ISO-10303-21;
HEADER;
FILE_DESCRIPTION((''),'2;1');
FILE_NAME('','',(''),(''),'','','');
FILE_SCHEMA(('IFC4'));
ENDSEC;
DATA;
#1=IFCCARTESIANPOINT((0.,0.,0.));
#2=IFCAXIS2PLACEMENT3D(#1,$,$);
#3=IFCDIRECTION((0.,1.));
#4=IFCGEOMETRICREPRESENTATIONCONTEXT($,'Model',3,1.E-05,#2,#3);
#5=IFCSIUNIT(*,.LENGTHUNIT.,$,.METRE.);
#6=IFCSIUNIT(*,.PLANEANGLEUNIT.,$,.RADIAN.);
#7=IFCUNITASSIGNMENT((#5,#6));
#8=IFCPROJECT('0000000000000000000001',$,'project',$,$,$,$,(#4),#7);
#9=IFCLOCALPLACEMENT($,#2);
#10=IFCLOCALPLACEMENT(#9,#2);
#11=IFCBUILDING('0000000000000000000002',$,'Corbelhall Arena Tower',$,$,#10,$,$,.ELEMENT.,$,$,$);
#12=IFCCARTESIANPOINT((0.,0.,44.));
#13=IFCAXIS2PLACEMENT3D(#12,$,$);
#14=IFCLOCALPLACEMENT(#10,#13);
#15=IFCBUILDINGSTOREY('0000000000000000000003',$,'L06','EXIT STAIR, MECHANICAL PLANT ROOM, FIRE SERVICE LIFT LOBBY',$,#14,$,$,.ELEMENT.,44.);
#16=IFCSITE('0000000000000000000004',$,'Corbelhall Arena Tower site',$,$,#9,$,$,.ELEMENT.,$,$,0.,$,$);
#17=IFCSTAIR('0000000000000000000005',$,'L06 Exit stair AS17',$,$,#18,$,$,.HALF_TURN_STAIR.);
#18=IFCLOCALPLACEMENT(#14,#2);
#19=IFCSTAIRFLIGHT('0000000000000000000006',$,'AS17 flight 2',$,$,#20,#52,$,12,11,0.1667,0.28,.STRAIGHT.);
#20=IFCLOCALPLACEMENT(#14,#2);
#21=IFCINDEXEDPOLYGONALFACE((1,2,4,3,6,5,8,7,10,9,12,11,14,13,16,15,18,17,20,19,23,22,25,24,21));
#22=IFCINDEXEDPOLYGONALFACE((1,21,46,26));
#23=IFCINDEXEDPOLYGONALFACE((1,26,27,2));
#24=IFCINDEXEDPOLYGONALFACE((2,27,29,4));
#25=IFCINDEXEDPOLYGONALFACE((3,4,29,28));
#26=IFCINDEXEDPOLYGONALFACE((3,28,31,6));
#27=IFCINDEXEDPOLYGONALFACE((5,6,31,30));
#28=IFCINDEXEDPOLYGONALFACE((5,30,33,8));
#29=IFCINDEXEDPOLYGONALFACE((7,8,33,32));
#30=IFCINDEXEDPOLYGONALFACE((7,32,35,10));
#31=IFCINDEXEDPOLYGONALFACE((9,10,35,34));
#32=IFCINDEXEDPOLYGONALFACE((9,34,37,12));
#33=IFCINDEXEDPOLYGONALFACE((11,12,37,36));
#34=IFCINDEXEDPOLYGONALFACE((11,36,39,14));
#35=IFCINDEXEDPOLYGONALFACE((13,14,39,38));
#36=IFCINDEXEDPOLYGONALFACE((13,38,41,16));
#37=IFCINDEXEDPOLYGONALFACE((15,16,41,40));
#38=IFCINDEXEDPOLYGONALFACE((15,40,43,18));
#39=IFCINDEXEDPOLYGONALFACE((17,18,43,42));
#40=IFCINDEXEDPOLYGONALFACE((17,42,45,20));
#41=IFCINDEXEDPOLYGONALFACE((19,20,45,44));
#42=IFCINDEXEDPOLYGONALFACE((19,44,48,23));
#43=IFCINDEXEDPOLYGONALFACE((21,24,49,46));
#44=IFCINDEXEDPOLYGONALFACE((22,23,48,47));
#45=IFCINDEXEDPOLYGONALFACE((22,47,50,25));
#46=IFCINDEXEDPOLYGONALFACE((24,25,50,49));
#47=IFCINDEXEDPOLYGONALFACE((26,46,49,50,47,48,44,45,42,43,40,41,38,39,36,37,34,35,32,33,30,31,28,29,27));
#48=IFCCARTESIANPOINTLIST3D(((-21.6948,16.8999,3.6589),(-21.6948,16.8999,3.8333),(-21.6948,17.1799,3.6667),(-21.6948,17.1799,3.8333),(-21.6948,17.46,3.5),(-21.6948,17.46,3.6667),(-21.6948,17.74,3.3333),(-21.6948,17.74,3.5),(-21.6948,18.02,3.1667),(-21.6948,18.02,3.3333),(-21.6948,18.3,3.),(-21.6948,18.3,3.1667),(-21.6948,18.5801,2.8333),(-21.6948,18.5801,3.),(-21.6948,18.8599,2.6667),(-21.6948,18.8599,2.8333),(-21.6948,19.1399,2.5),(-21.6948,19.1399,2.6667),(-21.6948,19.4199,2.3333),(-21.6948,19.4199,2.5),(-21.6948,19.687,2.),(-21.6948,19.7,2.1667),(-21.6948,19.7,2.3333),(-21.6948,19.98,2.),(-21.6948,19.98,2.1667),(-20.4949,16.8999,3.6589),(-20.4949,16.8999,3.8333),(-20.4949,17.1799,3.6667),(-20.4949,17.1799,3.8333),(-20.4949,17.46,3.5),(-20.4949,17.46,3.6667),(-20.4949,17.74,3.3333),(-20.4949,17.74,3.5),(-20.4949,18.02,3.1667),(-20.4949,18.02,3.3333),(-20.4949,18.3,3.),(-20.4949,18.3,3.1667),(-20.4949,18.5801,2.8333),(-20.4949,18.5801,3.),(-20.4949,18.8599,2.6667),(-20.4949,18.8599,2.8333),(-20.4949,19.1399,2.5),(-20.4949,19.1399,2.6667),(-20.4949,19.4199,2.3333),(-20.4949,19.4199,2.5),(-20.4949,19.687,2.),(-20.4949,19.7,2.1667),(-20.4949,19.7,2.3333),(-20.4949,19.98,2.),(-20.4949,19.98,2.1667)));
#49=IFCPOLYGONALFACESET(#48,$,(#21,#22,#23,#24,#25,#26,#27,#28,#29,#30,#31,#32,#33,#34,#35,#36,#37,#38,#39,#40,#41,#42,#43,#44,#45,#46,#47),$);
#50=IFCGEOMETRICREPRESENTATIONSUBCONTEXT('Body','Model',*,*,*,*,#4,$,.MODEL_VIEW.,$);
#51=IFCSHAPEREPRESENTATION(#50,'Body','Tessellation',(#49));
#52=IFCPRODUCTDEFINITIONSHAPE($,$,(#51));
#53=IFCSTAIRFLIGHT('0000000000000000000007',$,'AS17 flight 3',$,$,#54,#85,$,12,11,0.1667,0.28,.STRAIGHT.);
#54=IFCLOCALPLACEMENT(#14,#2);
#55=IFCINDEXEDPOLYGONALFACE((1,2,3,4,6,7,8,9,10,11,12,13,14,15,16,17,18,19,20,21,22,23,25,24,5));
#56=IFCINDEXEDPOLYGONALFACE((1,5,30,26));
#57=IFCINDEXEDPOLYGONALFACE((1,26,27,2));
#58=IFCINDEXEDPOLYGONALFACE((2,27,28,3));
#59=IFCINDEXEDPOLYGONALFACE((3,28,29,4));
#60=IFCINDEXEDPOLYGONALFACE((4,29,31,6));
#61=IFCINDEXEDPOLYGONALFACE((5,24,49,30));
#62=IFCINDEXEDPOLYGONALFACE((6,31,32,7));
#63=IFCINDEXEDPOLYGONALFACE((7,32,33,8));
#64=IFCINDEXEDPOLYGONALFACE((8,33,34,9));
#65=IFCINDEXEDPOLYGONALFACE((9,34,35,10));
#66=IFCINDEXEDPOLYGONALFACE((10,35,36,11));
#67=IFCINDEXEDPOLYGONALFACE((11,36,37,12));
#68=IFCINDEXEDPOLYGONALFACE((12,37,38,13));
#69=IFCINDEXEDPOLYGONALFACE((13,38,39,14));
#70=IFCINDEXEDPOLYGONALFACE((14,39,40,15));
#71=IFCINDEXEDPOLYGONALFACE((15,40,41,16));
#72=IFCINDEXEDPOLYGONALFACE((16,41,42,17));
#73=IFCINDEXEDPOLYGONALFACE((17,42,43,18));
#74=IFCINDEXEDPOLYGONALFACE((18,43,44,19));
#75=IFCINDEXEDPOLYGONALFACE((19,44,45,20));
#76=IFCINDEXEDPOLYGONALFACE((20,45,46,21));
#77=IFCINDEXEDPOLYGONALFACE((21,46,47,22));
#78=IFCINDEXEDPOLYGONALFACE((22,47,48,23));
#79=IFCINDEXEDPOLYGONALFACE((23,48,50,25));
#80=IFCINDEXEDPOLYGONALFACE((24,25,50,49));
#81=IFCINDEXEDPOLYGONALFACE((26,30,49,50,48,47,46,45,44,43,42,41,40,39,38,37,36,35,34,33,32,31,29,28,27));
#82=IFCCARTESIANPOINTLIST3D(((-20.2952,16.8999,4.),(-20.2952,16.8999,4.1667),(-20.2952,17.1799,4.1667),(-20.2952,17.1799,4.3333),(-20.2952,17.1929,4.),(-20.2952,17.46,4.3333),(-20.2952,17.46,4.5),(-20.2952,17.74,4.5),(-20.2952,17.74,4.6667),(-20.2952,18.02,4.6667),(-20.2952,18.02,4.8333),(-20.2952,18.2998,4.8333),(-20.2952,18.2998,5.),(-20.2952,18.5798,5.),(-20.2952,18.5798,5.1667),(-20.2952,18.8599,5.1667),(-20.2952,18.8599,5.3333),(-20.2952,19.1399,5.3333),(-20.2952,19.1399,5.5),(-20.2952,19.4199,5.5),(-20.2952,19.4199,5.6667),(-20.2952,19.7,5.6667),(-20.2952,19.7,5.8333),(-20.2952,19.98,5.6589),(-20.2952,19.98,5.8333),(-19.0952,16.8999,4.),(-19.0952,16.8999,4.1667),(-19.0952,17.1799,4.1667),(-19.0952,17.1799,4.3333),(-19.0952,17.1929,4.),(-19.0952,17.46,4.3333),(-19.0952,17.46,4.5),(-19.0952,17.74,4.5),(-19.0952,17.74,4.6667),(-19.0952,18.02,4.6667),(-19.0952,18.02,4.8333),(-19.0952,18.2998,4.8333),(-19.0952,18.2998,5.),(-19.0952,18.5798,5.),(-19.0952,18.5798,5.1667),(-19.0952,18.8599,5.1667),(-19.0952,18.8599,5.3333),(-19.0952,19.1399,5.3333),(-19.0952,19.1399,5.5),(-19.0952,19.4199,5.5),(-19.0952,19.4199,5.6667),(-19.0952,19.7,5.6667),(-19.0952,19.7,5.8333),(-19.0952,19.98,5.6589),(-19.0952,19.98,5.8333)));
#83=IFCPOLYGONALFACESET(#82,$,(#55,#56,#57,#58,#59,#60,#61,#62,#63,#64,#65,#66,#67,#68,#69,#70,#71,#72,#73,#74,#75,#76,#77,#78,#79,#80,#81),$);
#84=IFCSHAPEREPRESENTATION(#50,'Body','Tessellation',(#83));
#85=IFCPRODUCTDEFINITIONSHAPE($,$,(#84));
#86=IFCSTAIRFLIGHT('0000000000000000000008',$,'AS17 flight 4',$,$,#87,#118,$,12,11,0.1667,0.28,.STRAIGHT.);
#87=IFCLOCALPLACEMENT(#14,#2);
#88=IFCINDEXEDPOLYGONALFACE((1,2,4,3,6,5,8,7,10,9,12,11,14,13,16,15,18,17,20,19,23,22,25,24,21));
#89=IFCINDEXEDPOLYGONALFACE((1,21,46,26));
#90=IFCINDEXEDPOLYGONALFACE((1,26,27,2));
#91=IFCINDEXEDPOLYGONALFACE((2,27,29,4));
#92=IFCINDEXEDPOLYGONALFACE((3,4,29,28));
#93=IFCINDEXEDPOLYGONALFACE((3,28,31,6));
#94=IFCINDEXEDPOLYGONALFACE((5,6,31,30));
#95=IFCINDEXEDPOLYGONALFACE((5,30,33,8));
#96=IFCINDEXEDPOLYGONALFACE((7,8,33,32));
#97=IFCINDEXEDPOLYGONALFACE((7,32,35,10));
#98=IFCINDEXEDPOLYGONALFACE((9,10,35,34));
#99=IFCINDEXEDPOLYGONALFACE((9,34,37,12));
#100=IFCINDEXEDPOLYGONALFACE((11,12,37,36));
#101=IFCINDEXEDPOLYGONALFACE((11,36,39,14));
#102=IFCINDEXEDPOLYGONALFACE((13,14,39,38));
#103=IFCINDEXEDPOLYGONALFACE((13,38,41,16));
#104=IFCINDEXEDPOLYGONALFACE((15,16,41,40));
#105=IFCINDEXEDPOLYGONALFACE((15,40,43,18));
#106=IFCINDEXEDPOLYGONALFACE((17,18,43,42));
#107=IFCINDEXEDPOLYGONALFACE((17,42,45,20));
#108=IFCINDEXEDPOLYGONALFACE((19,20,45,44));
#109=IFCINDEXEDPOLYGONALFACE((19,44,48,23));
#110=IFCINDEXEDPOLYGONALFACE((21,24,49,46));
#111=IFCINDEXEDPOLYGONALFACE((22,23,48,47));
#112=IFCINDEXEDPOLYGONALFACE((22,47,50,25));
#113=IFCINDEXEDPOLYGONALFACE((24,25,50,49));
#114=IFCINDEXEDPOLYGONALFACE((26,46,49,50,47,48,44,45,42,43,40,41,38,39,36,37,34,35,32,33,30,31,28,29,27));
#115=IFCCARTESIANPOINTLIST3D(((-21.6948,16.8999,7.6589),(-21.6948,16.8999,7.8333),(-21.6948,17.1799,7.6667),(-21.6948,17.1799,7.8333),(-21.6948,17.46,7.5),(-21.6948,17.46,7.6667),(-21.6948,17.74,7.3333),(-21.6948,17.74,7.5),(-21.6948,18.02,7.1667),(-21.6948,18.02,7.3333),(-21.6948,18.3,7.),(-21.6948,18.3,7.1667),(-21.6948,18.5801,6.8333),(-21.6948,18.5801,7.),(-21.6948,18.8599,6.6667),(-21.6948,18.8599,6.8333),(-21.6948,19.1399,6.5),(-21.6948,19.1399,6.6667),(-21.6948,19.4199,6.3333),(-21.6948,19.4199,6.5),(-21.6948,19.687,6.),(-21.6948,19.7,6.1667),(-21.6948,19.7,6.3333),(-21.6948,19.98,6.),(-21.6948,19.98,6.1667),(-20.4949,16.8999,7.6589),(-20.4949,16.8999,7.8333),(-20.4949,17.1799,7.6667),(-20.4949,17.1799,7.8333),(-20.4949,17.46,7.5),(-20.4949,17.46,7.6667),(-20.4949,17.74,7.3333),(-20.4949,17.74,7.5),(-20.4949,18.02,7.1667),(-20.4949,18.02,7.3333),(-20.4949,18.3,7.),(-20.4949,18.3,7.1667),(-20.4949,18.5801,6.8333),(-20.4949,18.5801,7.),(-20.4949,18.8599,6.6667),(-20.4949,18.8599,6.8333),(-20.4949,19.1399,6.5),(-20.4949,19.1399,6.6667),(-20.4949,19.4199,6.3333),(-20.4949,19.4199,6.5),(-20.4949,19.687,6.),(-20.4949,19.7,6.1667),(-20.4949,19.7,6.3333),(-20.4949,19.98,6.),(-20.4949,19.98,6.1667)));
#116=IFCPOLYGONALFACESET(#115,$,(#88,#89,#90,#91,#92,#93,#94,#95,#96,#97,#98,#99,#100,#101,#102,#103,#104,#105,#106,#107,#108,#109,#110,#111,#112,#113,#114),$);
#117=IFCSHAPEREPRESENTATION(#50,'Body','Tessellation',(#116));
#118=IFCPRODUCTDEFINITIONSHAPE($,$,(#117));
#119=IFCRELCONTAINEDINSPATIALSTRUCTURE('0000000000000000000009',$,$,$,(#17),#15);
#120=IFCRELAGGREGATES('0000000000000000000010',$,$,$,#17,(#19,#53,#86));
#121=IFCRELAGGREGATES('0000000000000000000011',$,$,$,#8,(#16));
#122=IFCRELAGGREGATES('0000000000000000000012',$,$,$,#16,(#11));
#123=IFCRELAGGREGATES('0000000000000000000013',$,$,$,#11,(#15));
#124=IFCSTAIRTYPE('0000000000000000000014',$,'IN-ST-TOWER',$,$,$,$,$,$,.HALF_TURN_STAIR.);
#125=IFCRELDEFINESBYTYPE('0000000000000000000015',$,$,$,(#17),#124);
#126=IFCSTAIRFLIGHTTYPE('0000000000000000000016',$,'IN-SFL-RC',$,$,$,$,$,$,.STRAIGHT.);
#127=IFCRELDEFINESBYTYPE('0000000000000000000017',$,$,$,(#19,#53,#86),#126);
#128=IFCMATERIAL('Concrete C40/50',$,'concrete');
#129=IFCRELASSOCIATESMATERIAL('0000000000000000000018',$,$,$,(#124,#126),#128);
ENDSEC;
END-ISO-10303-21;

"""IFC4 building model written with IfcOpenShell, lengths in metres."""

from ifc_helpers import new_model, si_unit, direction, frame, origin, place, context, subcontext, project, spatial, polyline, outline, extrude, material, type_object, element, aggregate, save


model = new_model("IFC4")

# Units and contexts
model_context = context("Model", 3, precision=1e-05, world=origin(), true_north=direction((0.0, 1.0)))
body_context = subcontext(model_context, "Body", "Model", "MODEL_VIEW")
ifc_project = project(units=[si_unit("LENGTHUNIT", "METRE"), si_unit("PLANEANGLEUNIT", "RADIAN")], contexts=[model_context])

# Site, building, storey
site_placement = place(None, origin())
site = spatial("IfcSite", under=ifc_project, at=site_placement, Name="Corbelhall Arena Tower site", CompositionType="ELEMENT", RefElevation=0.0)
building_placement = place(site_placement, origin())
building = spatial("IfcBuilding", under=site, at=building_placement, Name="Corbelhall Arena Tower", CompositionType="ELEMENT")
storey_placement = place(building_placement, frame((0.0, 0.0, 44.0)))
storey = spatial("IfcBuildingStorey", under=building, at=storey_placement, Name="L06", Description="EXIT STAIR, MECHANICAL PLANT ROOM, FIRE SERVICE LIFT LOBBY", CompositionType="ELEMENT", Elevation=44.0)

# Shared definitions
ifc_material_1 = material(Name="Concrete C40/50", Category="concrete")

# Stair, stair flights
stair_type = type_object("IfcStairType", Name="IN-ST-TOWER", PredefinedType="HALF_TURN_STAIR", material=ifc_material_1)
stair_placement = place(storey_placement, origin())
stair = element("IfcStair", 1, at=stair_placement, inside=storey, type_object=stair_type, Name="L06 Exit stair AS17", PredefinedType="HALF_TURN_STAIR")
stair_flight_type = type_object("IfcStairFlightType", Name="IN-SFL-RC", PredefinedType="STRAIGHT", material=ifc_material_1)
stair_flight_1_placement = place(storey_placement, frame((-21.095, 19.98, 2.0), z_axis=(0.0, 0.0, 1.0), x_axis=(0.0, -1.0, 0.0)))
stair_flight_1 = element("IfcStairFlight", 2, at=stair_flight_1_placement, type_object=stair_flight_type, Name="AS17 flight 2", NumberOfRisers=12, NumberOfTreads=11, PredefinedType="STRAIGHT", RiserHeight=0.1667, TreadLength=0.28, context=body_context, shape_type="SweptSolid", body=[
    extrude(outline(polyline([(0.0, 0.0), (0.0, 0.1667), (0.28, 0.1667), (0.28, 0.3333), (0.5601, 0.3333), (0.5601, 0.5), (0.8401, 0.5), (0.8401, 0.6667), (1.1201, 0.6667), (1.1201, 0.8333), (1.3999, 0.8333), (1.3999, 1.0), (1.6799, 1.0), (1.6799, 1.1667), (1.96, 1.1667), (1.96, 1.3333), (2.24, 1.3333), (2.24, 1.5), (2.52, 1.5), (2.52, 1.6667), (2.8, 1.6667), (2.8, 1.8333), (3.0801, 1.8333), (3.0801, 2.0), (3.0801, 1.6589), (0.293, 0.0), (0.0, 0.0)])), frame((0.0, 0.6001, 0.0), z_axis=(0.0, -1.0, 0.0), x_axis=(1.0, 0.0, 0.0)), (0.0, 0.0, 1.0), 1.2),
])
stair_flight_2_placement = place(storey_placement, frame((-19.6951, 16.8999, 4.0), z_axis=(0.0, 0.0, 1.0), x_axis=(0.0, 1.0, 0.0)))
stair_flight_2 = element("IfcStairFlight", 3, at=stair_flight_2_placement, type_object=stair_flight_type, Name="AS17 flight 3", NumberOfRisers=12, NumberOfTreads=11, PredefinedType="STRAIGHT", RiserHeight=0.1667, TreadLength=0.28, context=body_context, shape_type="SweptSolid", body=[
    extrude(outline(polyline([(0.0, 0.0), (0.0, 0.1667), (0.28, 0.1667), (0.28, 0.3333), (0.5601, 0.3333), (0.5601, 0.5), (0.8401, 0.5), (0.8401, 0.6667), (1.1201, 0.6667), (1.1201, 0.8333), (1.3999, 0.8333), (1.3999, 1.0), (1.6799, 1.0), (1.6799, 1.1667), (1.96, 1.1667), (1.96, 1.3333), (2.24, 1.3333), (2.24, 1.5), (2.52, 1.5), (2.52, 1.6667), (2.8, 1.6667), (2.8, 1.8333), (3.0801, 1.8333), (3.0801, 2.0), (3.0801, 1.6589), (0.293, 0.0), (0.0, 0.0)])), frame((0.0, 0.6001, 0.0), z_axis=(0.0, -1.0, 0.0), x_axis=(1.0, 0.0, 0.0)), (0.0, 0.0, 1.0), 1.2),
])
stair_flight_3_placement = place(storey_placement, frame((-21.095, 19.98, 6.0), z_axis=(0.0, 0.0, 1.0), x_axis=(0.0, -1.0, 0.0)))
stair_flight_3 = element("IfcStairFlight", 4, at=stair_flight_3_placement, type_object=stair_flight_type, Name="AS17 flight 4", NumberOfRisers=12, NumberOfTreads=11, PredefinedType="STRAIGHT", RiserHeight=0.1667, TreadLength=0.28, context=body_context, shape_type="SweptSolid", body=[
    extrude(outline(polyline([(0.0, 0.0), (0.0, 0.1667), (0.28, 0.1667), (0.28, 0.3333), (0.5601, 0.3333), (0.5601, 0.5), (0.8401, 0.5), (0.8401, 0.6667), (1.1201, 0.6667), (1.1201, 0.8333), (1.3999, 0.8333), (1.3999, 1.0), (1.6799, 1.0), (1.6799, 1.1667), (1.96, 1.1667), (1.96, 1.3333), (2.24, 1.3333), (2.24, 1.5), (2.52, 1.5), (2.52, 1.6667), (2.8, 1.6667), (2.8, 1.8333), (3.0801, 1.8333), (3.0801, 2.0), (3.0801, 1.6589), (0.293, 0.0), (0.0, 0.0)])), frame((0.0, 0.6001, 0.0), z_axis=(0.0, -1.0, 0.0), x_axis=(1.0, 0.0, 0.0)), (0.0, 0.0, 1.0), 1.2),
])
aggregate(stair, [stair_flight_1, stair_flight_2, stair_flight_3])

save(model, "model.ifc")
